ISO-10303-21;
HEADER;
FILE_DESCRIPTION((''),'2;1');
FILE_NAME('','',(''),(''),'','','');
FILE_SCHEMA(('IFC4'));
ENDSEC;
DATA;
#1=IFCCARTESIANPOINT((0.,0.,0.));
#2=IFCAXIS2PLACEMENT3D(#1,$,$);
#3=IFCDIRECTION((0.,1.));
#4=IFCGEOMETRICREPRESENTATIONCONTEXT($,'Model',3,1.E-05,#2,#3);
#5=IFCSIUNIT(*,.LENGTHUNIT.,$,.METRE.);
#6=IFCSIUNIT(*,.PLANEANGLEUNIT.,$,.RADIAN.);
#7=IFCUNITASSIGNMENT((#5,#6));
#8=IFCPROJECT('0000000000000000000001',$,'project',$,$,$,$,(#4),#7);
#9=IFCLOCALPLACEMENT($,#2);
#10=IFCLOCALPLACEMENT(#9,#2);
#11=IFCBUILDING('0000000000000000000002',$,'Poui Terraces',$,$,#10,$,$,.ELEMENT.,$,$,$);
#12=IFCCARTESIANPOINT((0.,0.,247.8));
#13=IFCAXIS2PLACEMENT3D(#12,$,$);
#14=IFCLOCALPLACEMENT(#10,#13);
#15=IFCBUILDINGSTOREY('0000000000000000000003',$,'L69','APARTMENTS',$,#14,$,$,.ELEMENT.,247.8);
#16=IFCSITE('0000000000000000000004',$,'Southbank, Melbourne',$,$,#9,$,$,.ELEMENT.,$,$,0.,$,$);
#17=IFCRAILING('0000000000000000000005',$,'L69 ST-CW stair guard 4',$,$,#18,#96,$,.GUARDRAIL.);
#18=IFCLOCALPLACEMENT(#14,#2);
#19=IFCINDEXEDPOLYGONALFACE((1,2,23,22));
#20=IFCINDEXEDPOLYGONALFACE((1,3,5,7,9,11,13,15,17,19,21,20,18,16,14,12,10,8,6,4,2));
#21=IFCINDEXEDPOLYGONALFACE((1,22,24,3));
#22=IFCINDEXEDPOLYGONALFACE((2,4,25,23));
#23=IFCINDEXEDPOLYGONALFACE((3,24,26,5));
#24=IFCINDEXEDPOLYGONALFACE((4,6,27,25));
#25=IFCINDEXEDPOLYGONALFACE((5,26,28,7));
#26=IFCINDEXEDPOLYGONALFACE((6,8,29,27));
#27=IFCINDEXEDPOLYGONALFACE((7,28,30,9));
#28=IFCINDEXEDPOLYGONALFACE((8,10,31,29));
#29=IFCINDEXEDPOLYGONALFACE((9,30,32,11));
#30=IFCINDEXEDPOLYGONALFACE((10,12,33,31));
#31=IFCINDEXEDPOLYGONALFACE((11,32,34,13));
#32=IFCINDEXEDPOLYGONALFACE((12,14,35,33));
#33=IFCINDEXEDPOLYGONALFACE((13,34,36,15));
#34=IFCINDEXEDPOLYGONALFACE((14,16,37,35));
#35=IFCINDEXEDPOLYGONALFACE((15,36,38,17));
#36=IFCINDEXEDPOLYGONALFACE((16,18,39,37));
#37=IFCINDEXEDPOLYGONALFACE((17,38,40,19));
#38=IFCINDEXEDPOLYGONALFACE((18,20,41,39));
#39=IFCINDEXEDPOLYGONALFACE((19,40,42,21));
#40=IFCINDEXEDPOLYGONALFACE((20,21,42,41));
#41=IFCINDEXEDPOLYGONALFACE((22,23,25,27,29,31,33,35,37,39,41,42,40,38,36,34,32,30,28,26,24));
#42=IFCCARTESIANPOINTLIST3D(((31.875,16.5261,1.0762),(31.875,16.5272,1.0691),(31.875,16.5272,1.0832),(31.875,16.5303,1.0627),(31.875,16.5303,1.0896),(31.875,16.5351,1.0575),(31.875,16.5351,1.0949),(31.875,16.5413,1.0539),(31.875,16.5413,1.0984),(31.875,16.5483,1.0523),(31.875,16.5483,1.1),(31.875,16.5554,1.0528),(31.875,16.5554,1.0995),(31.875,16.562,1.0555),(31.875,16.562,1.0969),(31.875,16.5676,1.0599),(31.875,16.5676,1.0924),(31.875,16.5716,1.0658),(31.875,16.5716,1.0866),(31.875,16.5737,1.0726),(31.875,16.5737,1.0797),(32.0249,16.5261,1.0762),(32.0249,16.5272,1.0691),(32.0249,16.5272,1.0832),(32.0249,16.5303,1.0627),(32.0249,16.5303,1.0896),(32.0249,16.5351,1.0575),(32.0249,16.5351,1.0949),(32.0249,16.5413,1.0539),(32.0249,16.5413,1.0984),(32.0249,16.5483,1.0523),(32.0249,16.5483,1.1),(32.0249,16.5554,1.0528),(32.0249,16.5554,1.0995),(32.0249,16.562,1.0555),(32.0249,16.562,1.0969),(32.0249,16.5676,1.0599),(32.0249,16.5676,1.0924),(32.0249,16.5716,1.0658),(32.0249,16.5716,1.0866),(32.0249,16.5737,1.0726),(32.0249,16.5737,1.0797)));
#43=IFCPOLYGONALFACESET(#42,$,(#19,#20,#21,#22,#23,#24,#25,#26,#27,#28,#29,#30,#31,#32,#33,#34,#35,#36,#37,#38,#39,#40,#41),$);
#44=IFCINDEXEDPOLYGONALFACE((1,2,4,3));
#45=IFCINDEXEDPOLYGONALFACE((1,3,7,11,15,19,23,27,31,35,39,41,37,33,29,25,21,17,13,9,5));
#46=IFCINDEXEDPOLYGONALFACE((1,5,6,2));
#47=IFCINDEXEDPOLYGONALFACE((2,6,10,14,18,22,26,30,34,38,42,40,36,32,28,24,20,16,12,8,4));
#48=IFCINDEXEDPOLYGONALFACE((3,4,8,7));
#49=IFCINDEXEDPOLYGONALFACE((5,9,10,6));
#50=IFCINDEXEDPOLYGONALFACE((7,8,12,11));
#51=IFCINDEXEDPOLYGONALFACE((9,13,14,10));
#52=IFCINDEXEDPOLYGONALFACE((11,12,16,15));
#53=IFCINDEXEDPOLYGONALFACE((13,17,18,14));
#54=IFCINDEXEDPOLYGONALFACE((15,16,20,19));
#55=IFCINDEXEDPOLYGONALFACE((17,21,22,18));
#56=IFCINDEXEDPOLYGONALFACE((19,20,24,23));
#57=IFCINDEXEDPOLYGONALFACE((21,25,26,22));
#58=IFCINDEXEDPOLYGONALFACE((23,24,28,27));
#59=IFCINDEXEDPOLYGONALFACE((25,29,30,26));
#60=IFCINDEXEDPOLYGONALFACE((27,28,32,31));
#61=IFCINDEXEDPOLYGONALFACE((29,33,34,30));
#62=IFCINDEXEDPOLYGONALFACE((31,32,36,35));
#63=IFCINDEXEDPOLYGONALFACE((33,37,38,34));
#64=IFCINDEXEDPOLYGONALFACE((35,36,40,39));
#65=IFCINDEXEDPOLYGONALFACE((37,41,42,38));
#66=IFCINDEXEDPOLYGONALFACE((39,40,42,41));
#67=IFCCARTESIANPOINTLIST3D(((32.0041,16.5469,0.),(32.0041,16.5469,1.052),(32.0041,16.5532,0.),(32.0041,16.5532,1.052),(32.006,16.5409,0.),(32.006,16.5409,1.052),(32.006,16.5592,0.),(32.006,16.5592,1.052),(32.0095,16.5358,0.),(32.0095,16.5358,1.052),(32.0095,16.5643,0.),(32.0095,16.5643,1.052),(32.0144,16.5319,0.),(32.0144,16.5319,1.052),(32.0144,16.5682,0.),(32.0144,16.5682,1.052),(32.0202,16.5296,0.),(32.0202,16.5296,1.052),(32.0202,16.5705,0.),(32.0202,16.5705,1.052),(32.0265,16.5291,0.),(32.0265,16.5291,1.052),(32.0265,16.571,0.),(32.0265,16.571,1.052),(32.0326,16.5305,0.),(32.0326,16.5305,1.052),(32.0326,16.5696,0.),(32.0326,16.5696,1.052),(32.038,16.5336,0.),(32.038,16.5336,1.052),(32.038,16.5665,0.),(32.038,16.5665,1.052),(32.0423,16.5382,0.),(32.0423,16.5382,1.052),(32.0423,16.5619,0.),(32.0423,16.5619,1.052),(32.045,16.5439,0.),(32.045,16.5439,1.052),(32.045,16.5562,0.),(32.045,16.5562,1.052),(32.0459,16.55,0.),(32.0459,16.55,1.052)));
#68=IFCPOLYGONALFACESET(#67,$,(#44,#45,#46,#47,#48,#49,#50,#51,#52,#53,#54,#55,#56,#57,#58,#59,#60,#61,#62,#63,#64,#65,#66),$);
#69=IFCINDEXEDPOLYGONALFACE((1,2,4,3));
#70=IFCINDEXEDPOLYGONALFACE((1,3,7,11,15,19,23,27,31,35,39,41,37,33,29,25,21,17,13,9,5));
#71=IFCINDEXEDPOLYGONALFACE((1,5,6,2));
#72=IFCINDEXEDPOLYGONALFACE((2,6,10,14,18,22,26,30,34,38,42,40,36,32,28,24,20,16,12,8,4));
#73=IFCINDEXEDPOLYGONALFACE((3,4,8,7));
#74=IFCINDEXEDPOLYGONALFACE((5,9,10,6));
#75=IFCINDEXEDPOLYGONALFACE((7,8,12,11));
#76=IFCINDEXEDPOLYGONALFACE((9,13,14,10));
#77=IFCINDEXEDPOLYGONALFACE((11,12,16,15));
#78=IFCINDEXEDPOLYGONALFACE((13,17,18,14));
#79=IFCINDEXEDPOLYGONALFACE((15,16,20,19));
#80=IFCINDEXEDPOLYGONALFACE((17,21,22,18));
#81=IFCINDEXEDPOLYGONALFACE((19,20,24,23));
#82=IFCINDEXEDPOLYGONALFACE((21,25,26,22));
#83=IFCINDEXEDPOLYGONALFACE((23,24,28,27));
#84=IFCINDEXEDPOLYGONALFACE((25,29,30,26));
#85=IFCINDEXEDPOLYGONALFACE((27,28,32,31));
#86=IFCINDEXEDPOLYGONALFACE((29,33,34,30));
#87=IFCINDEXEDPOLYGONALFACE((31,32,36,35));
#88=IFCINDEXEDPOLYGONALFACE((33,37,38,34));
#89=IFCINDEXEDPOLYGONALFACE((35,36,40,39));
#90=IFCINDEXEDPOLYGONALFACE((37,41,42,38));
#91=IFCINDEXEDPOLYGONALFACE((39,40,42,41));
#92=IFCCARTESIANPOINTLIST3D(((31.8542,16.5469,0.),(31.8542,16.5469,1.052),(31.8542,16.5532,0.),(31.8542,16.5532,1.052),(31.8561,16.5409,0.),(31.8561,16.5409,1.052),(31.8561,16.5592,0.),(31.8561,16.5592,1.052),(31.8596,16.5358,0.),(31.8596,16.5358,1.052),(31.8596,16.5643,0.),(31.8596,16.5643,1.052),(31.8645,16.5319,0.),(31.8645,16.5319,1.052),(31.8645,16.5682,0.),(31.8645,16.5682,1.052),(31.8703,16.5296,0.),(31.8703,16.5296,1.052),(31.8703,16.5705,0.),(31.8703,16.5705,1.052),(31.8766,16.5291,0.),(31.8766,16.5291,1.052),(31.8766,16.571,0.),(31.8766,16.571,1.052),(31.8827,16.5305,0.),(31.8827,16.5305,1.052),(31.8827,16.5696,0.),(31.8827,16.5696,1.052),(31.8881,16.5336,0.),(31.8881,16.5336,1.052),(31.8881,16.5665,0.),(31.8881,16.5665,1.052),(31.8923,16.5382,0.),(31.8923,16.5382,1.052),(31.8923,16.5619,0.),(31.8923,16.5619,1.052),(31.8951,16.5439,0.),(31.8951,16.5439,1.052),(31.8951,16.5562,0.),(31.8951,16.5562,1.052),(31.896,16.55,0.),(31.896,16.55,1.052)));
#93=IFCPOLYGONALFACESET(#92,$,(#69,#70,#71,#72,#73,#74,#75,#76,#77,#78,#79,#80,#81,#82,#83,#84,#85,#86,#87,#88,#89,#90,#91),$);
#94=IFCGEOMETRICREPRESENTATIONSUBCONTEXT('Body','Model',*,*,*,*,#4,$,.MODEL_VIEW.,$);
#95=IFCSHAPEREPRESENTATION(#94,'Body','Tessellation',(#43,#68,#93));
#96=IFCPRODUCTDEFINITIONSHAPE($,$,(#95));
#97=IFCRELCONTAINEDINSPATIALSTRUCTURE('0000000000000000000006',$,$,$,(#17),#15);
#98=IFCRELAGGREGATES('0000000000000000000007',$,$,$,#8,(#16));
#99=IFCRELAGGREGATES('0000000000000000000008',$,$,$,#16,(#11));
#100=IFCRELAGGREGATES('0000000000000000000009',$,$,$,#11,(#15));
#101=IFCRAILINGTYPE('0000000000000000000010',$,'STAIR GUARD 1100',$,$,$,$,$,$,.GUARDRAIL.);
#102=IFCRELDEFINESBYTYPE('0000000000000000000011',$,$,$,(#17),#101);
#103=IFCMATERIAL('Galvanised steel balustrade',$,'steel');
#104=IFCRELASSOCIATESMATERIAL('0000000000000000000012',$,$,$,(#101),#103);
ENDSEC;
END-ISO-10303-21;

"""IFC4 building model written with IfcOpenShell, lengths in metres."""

from ifc_helpers import new_model, si_unit, direction, frame, origin, origin_2d, place, context, subcontext, project, spatial, circle, extrude, material, type_object, element, save


model = new_model("IFC4")

# Units and contexts
model_context = context("Model", 3, precision=1e-05, world=origin(), true_north=direction((0.0, 1.0)))
body_context = subcontext(model_context, "Body", "Model", "MODEL_VIEW")
ifc_project = project(units=[si_unit("LENGTHUNIT", "METRE"), si_unit("PLANEANGLEUNIT", "RADIAN")], contexts=[model_context])

# Site, building, storey
site_placement = place(None, origin())
site = spatial("IfcSite", under=ifc_project, at=site_placement, Name="Southbank, Melbourne", CompositionType="ELEMENT", RefElevation=0.0)
building_placement = place(site_placement, origin())
building = spatial("IfcBuilding", under=site, at=building_placement, Name="Poui Terraces", CompositionType="ELEMENT")
storey_placement = place(building_placement, frame((0.0, 0.0, 247.8)))
storey = spatial("IfcBuildingStorey", under=building, at=storey_placement, Name="L69", Description="APARTMENTS", CompositionType="ELEMENT", Elevation=247.8)

# Railing
ifc_material_1 = material(Name="Galvanised steel balustrade", Category="steel")
railing_type_1 = type_object("IfcRailingType", Name="STAIR GUARD 1100", PredefinedType="GUARDRAIL", material=ifc_material_1)
railing_1_placement = place(storey_placement, frame((32.0249, 16.55, 0.0)))
element("IfcRailing", 1, at=railing_1_placement, inside=storey, type_object=railing_type_1, Name="L69 ST-CW stair guard 4", PredefinedType="GUARDRAIL", context=body_context, shape_type="SweptSolid", body=[
    extrude(circle(Radius=0.0239, at=origin_2d()), frame((0.0, 0.0, 1.0762), z_axis=(-1.0, 0.0, 0.0), x_axis=(0.0, -1.0, 0.0)), (0.0, 0.0, 1.0), 0.1499),
    extrude(circle(Radius=0.021, at=origin_2d()), origin(), (0.0, 0.0, 1.0), 1.052),
    extrude(circle(Radius=0.021, at=origin_2d()), frame((-0.1499, 0.0, 0.0)), (0.0, 0.0, 1.0), 1.052),
])

save(model, "model.ifc")
